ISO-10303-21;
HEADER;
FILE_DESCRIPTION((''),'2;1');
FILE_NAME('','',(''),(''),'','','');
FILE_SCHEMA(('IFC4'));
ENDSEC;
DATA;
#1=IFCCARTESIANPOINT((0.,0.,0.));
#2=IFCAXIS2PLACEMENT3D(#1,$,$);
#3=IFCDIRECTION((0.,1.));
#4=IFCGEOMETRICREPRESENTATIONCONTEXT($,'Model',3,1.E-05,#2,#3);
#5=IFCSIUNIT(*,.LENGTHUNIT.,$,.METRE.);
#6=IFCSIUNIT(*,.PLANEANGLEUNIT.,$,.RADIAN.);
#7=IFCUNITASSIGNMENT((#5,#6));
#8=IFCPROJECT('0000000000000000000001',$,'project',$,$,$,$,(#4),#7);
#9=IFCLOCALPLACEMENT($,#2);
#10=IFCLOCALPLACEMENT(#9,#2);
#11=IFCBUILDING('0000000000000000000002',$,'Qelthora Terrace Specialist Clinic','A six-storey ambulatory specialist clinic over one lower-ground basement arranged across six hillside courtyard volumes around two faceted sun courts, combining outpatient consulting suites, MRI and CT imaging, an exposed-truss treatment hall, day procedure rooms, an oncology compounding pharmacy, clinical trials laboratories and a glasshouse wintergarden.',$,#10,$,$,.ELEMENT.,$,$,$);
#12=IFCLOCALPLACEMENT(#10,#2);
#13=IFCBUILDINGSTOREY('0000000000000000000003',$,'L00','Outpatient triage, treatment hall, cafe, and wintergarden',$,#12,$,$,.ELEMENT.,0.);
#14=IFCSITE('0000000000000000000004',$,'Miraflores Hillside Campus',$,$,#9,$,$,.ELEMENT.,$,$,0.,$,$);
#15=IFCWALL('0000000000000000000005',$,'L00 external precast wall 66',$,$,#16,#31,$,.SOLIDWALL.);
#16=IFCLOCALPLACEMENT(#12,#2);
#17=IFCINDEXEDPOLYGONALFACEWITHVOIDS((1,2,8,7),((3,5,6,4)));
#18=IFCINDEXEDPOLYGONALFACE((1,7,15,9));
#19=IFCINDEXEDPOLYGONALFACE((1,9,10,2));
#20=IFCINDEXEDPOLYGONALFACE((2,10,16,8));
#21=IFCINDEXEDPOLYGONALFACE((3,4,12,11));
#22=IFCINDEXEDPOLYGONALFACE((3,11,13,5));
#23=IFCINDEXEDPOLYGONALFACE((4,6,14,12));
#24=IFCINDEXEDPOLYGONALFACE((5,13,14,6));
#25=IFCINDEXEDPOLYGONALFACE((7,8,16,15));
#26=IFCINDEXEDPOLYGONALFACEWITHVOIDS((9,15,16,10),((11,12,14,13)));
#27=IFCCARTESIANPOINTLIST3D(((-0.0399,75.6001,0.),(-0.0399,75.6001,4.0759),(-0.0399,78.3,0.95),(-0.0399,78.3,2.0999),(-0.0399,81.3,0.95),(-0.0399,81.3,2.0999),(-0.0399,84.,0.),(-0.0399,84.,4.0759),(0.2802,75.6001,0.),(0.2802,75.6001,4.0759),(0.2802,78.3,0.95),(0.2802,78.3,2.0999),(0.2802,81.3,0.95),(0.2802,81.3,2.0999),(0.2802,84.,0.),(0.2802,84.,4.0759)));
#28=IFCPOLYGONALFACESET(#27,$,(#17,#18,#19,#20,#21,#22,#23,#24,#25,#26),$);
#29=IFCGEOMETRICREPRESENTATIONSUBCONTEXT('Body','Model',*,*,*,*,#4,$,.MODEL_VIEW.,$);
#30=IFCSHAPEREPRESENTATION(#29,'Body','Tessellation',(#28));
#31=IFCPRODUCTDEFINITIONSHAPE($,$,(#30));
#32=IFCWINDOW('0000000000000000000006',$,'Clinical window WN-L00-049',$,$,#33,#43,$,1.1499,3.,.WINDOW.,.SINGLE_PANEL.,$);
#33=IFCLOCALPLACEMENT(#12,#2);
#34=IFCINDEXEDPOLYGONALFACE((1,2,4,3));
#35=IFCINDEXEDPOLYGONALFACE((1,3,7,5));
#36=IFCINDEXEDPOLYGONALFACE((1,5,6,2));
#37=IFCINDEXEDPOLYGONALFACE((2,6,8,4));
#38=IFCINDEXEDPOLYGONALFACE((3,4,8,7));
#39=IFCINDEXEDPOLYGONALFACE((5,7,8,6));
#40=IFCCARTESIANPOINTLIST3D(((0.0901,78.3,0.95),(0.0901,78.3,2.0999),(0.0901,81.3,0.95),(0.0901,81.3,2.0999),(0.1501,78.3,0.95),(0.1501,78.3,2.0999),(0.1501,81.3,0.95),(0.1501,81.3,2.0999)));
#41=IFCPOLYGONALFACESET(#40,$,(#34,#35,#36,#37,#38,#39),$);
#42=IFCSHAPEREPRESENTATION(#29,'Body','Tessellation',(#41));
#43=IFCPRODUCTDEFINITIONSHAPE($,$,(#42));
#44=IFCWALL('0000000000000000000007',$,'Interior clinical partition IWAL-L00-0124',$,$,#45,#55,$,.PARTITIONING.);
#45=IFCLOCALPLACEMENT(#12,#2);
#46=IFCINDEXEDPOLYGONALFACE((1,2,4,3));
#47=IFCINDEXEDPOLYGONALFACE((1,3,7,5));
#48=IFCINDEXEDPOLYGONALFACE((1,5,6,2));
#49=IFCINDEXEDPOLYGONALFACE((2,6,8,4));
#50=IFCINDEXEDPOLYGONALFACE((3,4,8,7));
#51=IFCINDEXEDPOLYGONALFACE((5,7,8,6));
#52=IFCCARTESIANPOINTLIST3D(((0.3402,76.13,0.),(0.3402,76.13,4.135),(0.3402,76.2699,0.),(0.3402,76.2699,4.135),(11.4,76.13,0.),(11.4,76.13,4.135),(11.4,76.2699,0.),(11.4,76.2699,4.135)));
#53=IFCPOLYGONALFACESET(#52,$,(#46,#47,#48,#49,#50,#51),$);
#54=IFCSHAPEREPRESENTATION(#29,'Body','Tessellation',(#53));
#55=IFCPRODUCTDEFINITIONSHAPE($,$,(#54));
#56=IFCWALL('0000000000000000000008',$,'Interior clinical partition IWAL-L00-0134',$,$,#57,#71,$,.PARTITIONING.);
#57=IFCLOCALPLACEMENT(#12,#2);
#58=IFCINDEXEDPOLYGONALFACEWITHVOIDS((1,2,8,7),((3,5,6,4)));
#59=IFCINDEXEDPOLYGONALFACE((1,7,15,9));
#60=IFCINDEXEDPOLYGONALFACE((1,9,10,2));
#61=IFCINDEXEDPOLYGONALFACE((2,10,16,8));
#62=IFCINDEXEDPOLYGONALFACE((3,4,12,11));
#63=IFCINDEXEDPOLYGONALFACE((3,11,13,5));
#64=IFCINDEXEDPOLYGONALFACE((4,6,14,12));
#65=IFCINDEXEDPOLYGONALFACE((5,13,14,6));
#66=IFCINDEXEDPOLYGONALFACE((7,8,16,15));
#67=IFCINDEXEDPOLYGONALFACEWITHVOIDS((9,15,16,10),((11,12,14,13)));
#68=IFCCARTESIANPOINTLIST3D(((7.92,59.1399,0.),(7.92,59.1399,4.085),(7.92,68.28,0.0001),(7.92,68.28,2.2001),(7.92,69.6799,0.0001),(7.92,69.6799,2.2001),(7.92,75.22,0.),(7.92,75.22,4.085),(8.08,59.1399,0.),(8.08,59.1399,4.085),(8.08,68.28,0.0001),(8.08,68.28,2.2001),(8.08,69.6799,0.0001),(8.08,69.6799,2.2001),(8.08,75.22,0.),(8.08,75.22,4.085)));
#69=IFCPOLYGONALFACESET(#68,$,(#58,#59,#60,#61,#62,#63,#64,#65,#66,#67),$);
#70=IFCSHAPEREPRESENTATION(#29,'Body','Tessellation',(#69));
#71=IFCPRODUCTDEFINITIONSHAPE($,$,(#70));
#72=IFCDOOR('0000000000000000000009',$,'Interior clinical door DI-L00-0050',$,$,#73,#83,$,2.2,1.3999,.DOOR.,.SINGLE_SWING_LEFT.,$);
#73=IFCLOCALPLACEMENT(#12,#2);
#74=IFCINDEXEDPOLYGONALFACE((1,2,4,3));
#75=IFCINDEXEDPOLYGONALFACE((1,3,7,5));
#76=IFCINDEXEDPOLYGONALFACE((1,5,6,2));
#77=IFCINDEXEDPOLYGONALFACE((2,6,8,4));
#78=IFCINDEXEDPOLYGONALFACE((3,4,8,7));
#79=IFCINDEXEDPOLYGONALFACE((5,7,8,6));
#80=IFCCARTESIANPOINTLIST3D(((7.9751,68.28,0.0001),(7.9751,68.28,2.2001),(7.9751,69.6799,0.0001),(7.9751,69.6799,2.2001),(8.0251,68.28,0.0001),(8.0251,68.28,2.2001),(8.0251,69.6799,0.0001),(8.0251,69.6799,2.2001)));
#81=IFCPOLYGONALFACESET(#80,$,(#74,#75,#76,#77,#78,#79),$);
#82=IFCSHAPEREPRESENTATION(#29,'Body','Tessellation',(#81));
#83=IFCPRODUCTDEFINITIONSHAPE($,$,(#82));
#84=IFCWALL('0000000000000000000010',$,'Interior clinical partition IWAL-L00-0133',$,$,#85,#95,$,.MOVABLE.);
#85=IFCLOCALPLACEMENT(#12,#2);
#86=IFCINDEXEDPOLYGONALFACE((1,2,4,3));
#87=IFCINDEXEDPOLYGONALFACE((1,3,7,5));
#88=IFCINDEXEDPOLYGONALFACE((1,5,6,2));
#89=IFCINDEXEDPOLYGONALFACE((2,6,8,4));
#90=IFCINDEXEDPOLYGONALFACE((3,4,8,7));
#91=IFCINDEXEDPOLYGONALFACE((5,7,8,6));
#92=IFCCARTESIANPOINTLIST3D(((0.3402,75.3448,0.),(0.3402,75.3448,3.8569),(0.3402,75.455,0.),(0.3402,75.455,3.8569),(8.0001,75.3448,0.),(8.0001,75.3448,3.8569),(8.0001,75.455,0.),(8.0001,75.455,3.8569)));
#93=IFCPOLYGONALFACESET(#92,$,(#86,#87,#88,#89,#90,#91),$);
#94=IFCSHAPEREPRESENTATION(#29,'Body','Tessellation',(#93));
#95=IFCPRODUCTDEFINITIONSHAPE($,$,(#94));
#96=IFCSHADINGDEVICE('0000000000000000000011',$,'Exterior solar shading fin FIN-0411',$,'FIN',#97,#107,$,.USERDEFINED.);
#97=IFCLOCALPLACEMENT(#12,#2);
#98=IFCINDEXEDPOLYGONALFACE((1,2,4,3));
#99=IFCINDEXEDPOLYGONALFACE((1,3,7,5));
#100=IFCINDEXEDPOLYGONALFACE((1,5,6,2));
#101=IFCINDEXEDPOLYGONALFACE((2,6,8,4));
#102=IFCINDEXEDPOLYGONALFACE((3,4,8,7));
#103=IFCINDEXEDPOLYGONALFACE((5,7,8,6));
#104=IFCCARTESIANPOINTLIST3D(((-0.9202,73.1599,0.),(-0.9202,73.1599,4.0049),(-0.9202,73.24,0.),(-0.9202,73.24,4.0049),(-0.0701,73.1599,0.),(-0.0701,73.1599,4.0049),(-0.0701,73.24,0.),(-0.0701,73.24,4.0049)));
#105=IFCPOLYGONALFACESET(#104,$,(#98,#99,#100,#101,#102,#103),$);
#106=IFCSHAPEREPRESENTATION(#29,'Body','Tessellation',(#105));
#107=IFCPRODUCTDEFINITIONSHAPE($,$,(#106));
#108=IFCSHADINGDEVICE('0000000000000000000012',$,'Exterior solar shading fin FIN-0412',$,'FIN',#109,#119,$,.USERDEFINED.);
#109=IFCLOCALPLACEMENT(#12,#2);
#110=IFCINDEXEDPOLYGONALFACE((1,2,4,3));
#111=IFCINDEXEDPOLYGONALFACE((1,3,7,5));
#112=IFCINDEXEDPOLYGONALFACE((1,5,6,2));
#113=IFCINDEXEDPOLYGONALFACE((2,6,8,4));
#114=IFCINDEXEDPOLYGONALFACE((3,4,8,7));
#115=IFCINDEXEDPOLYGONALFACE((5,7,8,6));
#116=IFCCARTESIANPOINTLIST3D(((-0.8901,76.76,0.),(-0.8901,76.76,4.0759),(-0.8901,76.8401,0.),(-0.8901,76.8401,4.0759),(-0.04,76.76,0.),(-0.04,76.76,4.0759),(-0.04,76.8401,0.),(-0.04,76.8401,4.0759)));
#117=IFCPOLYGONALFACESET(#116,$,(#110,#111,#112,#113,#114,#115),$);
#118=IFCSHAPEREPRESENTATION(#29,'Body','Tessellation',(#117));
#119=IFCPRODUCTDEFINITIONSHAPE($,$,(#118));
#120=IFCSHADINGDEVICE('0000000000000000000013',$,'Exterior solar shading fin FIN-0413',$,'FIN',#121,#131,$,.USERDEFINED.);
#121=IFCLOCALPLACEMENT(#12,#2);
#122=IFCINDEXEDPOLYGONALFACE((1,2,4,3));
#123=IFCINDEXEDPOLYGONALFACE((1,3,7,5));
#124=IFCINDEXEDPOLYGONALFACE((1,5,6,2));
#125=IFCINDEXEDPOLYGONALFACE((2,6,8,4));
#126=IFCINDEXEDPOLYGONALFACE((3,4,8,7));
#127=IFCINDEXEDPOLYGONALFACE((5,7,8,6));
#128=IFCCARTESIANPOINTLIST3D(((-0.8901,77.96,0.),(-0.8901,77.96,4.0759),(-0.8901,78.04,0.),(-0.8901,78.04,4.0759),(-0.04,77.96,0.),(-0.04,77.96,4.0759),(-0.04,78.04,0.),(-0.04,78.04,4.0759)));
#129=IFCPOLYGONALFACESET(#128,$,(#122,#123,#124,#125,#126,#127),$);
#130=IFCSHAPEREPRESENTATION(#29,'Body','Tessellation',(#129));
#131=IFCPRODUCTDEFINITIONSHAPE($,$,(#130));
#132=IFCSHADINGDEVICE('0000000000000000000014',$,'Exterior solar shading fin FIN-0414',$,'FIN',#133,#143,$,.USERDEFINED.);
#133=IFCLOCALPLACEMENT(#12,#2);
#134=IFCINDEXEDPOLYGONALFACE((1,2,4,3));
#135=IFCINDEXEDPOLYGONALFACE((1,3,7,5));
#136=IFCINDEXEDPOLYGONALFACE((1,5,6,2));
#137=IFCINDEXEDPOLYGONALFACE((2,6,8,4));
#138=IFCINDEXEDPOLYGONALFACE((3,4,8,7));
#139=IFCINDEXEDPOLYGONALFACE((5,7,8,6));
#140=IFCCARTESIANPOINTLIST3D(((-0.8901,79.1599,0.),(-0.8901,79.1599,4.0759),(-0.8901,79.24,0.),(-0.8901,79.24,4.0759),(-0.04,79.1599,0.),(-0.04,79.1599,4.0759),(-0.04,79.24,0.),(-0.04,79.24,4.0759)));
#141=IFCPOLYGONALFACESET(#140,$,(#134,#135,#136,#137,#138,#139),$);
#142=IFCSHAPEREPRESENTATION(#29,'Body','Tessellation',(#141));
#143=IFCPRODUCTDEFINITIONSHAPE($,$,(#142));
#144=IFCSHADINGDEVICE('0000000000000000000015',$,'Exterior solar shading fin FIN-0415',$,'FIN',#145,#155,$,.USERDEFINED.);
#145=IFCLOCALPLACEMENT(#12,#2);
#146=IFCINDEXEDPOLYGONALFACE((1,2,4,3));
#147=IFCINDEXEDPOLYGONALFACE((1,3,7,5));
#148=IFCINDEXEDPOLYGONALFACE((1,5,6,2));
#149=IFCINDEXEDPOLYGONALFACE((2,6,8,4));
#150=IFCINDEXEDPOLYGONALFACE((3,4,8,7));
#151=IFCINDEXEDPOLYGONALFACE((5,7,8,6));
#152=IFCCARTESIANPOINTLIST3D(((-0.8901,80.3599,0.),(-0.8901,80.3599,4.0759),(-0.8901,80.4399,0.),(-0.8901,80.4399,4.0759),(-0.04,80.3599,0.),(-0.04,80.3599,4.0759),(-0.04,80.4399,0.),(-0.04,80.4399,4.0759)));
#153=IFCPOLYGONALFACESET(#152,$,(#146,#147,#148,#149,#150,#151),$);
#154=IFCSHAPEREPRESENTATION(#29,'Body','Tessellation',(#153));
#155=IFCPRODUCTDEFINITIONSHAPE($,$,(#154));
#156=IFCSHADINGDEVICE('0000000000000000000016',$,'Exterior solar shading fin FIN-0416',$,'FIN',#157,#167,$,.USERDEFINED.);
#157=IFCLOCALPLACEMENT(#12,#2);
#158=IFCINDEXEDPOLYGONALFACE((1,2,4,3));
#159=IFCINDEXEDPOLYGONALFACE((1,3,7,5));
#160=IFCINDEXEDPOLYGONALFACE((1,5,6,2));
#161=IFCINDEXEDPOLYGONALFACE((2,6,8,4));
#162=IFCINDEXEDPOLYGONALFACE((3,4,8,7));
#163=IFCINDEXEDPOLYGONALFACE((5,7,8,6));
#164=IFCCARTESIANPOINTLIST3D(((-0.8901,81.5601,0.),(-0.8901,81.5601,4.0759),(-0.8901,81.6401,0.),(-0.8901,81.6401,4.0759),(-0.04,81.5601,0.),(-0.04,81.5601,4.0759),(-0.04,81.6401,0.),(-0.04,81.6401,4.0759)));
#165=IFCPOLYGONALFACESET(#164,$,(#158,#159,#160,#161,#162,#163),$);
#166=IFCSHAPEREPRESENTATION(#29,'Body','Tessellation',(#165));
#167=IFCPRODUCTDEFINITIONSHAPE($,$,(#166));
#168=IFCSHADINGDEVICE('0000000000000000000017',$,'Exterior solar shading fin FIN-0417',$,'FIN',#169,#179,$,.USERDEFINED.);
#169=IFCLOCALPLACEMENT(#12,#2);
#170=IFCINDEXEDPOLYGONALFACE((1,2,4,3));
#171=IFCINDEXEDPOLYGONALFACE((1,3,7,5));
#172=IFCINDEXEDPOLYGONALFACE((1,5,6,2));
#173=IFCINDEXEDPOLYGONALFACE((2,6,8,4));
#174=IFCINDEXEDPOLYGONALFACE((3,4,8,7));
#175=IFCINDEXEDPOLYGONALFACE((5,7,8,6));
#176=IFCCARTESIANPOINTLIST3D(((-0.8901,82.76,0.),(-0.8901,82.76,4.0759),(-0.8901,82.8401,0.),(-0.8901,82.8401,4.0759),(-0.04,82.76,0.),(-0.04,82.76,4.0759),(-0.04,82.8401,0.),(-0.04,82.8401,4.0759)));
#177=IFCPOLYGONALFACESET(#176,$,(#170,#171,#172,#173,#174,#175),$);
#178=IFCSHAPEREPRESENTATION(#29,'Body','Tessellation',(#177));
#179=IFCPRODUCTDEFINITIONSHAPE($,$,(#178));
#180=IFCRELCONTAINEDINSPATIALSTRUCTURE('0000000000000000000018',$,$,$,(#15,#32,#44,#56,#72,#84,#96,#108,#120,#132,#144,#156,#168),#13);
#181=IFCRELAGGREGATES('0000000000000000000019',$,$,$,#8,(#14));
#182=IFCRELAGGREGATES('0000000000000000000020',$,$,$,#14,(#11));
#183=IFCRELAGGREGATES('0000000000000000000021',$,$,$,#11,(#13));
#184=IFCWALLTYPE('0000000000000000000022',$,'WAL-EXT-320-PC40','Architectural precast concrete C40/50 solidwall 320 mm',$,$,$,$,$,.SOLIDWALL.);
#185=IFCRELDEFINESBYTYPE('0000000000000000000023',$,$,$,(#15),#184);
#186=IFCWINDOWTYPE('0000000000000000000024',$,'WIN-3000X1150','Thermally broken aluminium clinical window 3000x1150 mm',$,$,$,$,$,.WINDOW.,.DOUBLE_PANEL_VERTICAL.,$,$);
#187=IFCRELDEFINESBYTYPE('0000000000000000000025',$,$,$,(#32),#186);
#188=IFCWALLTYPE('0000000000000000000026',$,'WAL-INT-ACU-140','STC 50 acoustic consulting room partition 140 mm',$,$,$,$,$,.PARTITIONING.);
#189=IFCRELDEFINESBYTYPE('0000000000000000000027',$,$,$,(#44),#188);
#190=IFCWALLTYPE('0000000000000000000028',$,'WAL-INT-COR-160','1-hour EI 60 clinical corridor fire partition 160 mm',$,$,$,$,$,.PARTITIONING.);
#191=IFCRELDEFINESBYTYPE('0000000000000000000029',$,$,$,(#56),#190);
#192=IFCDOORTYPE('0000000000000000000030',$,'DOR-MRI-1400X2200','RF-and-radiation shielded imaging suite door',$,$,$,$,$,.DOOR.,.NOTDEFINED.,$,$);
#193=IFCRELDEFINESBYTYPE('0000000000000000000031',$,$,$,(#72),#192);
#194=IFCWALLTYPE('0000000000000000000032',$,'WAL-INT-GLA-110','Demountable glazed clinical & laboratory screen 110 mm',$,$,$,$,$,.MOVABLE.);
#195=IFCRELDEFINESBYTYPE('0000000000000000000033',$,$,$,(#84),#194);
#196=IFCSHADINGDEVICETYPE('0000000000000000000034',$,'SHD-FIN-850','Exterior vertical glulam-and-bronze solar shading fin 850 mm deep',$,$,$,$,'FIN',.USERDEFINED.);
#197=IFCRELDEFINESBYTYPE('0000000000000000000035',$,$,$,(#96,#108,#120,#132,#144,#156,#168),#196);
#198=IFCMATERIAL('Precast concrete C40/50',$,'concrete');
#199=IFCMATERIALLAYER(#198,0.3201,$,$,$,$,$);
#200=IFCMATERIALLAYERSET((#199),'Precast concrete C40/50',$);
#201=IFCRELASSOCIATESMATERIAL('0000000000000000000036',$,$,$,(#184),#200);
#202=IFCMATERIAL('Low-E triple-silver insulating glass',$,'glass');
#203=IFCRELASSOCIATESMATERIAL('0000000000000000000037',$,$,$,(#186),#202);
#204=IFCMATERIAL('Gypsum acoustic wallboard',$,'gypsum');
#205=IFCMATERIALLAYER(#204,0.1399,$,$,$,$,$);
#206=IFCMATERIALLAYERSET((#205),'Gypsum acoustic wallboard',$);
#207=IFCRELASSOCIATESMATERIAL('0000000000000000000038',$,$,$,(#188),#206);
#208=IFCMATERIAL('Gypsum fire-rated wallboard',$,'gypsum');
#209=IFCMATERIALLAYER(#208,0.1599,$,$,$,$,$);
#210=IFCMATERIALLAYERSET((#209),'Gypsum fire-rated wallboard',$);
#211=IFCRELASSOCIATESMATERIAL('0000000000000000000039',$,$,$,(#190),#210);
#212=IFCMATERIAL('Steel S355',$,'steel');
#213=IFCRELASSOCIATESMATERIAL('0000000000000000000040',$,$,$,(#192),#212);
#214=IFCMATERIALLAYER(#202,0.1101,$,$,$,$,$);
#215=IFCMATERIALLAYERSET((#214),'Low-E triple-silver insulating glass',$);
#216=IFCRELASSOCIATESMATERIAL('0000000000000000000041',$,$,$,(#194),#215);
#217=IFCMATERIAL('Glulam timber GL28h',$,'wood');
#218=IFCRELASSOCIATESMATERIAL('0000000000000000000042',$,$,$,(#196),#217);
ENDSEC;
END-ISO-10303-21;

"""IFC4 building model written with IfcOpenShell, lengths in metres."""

from ifc_helpers import new_model, si_unit, direction, frame, frame_2d, origin, origin_2d, place, context, subcontext, project, spatial, rectangle, extrude, material, layer, layer_set, type_object, element, fill, save


model = new_model("IFC4")

# Units and contexts
model_context = context("Model", 3, precision=1e-05, world=origin(), true_north=direction((0.0, 1.0)))
body_context = subcontext(model_context, "Body", "Model", "MODEL_VIEW")
ifc_project = project(units=[si_unit("LENGTHUNIT", "METRE"), si_unit("PLANEANGLEUNIT", "RADIAN")], contexts=[model_context])

# Site, building, storey
site_placement = place(None, origin())
site = spatial("IfcSite", under=ifc_project, at=site_placement, Name="Miraflores Hillside Campus", CompositionType="ELEMENT", RefElevation=0.0)
building_placement = place(site_placement, origin())
building = spatial("IfcBuilding", under=site, at=building_placement, Name="Qelthora Terrace Specialist Clinic", Description="A six-storey ambulatory specialist clinic over one lower-ground basement arranged across six hillside courtyard volumes around two faceted sun courts, combining outpatient consulting suites, MRI and CT imaging, an exposed-truss treatment hall, day procedure rooms, an oncology compounding pharmacy, clinical trials laboratories and a glasshouse wintergarden.", CompositionType="ELEMENT")
storey_placement = place(building_placement, origin())
storey = spatial("IfcBuildingStorey", under=building, at=storey_placement, Name="L00", Description="Outpatient triage, treatment hall, cafe, and wintergarden", CompositionType="ELEMENT", Elevation=0.0)

# Shared definitions
ifc_material_1 = material(Name="Steel S355", Category="steel")

# Shared definitions
ifc_material_2 = material(Name="Low-E triple-silver insulating glass", Category="glass")

# Wall, opening, window
ifc_material_3 = material(Name="Precast concrete C40/50", Category="concrete")
ifc_layer_1 = layer(ifc_material_3, 0.3201)
ifc_layer_set_1 = layer_set([ifc_layer_1], Name="Precast concrete C40/50")
wall_type_1 = type_object("IfcWallType", Name="WAL-EXT-320-PC40", Description="Architectural precast concrete C40/50 solidwall 320 mm", PredefinedType="SOLIDWALL", material=ifc_layer_set_1)
wall_1_placement = place(storey_placement, frame((0.1201, 75.6001, 0.0), z_axis=(0.0, 0.0, 1.0), x_axis=(0.0, 1.0, 0.0)))
wall_1 = element("IfcWall", 1, at=wall_1_placement, inside=storey, type_object=wall_type_1, Name="L00 external precast wall 66", PredefinedType="SOLIDWALL", context=body_context, shape_type="SweptSolid", body=[
    extrude(rectangle(XDim=8.3999, YDim=0.3201, at=frame_2d((4.2, 0.0))), origin(), (0.0, 0.0, 1.0), 4.0759),
])
opening_1_placement = place(wall_1_placement, frame((2.7, 0.0, 0.95)))
opening_1 = element("IfcOpeningElement", 2, at=opening_1_placement, cuts=wall_1, PredefinedType="OPENING", context=body_context, shape_type="SweptSolid", body=[
    extrude(rectangle(XDim=3.0, YDim=1.1499, at=frame_2d((1.5, 0.575))), frame((0.0, 0.1699, 0.0), z_axis=(0.0, -1.0, 0.0), x_axis=(1.0, 0.0, 0.0)), (0.0, 0.0, 1.0), 0.3401),
])
window_type_1 = type_object("IfcWindowType", Name="WIN-3000X1150", Description="Thermally broken aluminium clinical window 3000x1150 mm", PartitioningType="DOUBLE_PANEL_VERTICAL", PredefinedType="WINDOW", material=ifc_material_2)
window_1_placement = place(opening_1_placement, origin())
window_1 = element("IfcWindow", 3, at=window_1_placement, inside=storey, type_object=window_type_1, Name="Clinical window WN-L00-049", OverallHeight=1.1499, OverallWidth=3.0, PartitioningType="SINGLE_PANEL", PredefinedType="WINDOW", context=body_context, shape_type="SweptSolid", body=[
    extrude(rectangle(XDim=3.0, YDim=1.1499, at=frame_2d((1.5, 0.575))), frame((0.0, 0.03, 0.0), z_axis=(0.0, -1.0, 0.0), x_axis=(1.0, 0.0, 0.0)), (0.0, 0.0, 1.0), 0.0601),
])
fill(opening_1, window_1)

# Wall
ifc_material_4 = material(Name="Gypsum acoustic wallboard", Category="gypsum")
ifc_layer_2 = layer(ifc_material_4, 0.1399)
ifc_layer_set_2 = layer_set([ifc_layer_2], Name="Gypsum acoustic wallboard")
wall_type_2 = type_object("IfcWallType", Name="WAL-INT-ACU-140", Description="STC 50 acoustic consulting room partition 140 mm", PredefinedType="PARTITIONING", material=ifc_layer_set_2)
wall_2_placement = place(storey_placement, frame((11.3999, 76.2, 0.0), z_axis=(0.0, 0.0, 1.0), x_axis=(-1.0, 0.0, 0.0)))
element("IfcWall", 4, at=wall_2_placement, inside=storey, type_object=wall_type_2, Name="Interior clinical partition IWAL-L00-0124", PredefinedType="PARTITIONING", context=body_context, shape_type="SweptSolid", body=[
    extrude(rectangle(XDim=11.0598, YDim=0.1399, at=frame_2d((5.5298, 0.0))), origin(), (0.0, 0.0, 1.0), 4.135),
])

# Wall, opening, door
ifc_material_5 = material(Name="Gypsum fire-rated wallboard", Category="gypsum")
ifc_layer_3 = layer(ifc_material_5, 0.1599)
ifc_layer_set_3 = layer_set([ifc_layer_3], Name="Gypsum fire-rated wallboard")
wall_type_3 = type_object("IfcWallType", Name="WAL-INT-COR-160", Description="1-hour EI 60 clinical corridor fire partition 160 mm", PredefinedType="PARTITIONING", material=ifc_layer_set_3)
wall_3_placement = place(storey_placement, frame((8.0, 75.22, 0.0), z_axis=(0.0, 0.0, 1.0), x_axis=(0.0, -1.0, 0.0)))
wall_3 = element("IfcWall", 5, at=wall_3_placement, inside=storey, type_object=wall_type_3, Name="Interior clinical partition IWAL-L00-0134", PredefinedType="PARTITIONING", context=body_context, shape_type="SweptSolid", body=[
    extrude(rectangle(XDim=16.0801, YDim=0.1599, at=frame_2d((8.04, 0.0))), origin(), (0.0, 0.0, 1.0), 4.085),
])
opening_2_placement = place(wall_3_placement, frame((5.54, 0.0, 0.0)))
opening_2 = element("IfcOpeningElement", 6, at=opening_2_placement, cuts=wall_3, PredefinedType="OPENING", context=body_context, shape_type="SweptSolid", body=[
    extrude(rectangle(XDim=1.3999, YDim=2.2, at=frame_2d((0.7, 1.1001))), frame((0.0, 0.0898, 0.0), z_axis=(0.0, -1.0, 0.0), x_axis=(1.0, 0.0, 0.0)), (0.0, 0.0, 1.0), 0.1799),
])
door_type = type_object("IfcDoorType", Name="DOR-MRI-1400X2200", Description="RF-and-radiation shielded imaging suite door", OperationType="NOTDEFINED", PredefinedType="DOOR", material=ifc_material_1)
door_placement = place(opening_2_placement, frame((1.3999, 0.0, 0.0), z_axis=(0.0, 0.0, 1.0), x_axis=(-1.0, 0.0, 0.0)))
door = element("IfcDoor", 7, at=door_placement, inside=storey, type_object=door_type, Name="Interior clinical door DI-L00-0050", OperationType="SINGLE_SWING_LEFT", OverallHeight=2.2, OverallWidth=1.3999, PredefinedType="DOOR", context=body_context, shape_type="SweptSolid", body=[
    extrude(rectangle(XDim=1.3999, YDim=2.2, at=frame_2d((0.7, 1.1001))), frame((0.0, 0.0249, 0.0), z_axis=(0.0, -1.0, 0.0), x_axis=(1.0, 0.0, 0.0)), (0.0, 0.0, 1.0), 0.05),
])
fill(opening_2, door)

# Wall
ifc_layer_4 = layer(ifc_material_2, 0.1101)
ifc_layer_set_4 = layer_set([ifc_layer_4], Name="Low-E triple-silver insulating glass")
wall_type_4 = type_object("IfcWallType", Name="WAL-INT-GLA-110", Description="Demountable glazed clinical & laboratory screen 110 mm", PredefinedType="MOVABLE", material=ifc_layer_set_4)
wall_4_placement = place(storey_placement, frame((0.3401, 75.3999, 0.0), z_axis=(0.0, 0.0, 1.0), x_axis=(1.0, 0.0, 0.0)))
element("IfcWall", 8, at=wall_4_placement, inside=storey, type_object=wall_type_4, Name="Interior clinical partition IWAL-L00-0133", PredefinedType="MOVABLE", context=body_context, shape_type="SweptSolid", body=[
    extrude(rectangle(XDim=7.6599, YDim=0.1101, at=frame_2d((3.8301, 0.0))), origin(), (0.0, 0.0, 1.0), 3.8569),
])

# Shading devices
ifc_material_6 = material(Name="Glulam timber GL28h", Category="wood")
shading_device_type = type_object("IfcShadingDeviceType", Name="SHD-FIN-850", Description="Exterior vertical glulam-and-bronze solar shading fin 850 mm deep", ElementType="FIN", PredefinedType="USERDEFINED", material=ifc_material_6)
shading_device_placement = place(storey_placement, frame((-0.4951, 73.2, 0.0), z_axis=(0.0, 0.0, 1.0), x_axis=(-1.0, 0.0, 0.0)))
element("IfcShadingDevice", 9, at=shading_device_placement, inside=storey, type_object=shading_device_type, Name="Exterior solar shading fin FIN-0411", ObjectType="FIN", PredefinedType="USERDEFINED", context=body_context, shape_type="SweptSolid", body=[
    extrude(rectangle(XDim=0.8501, YDim=0.0801, at=origin_2d()), origin(), (0.0, 0.0, 1.0), 4.0049),
])
for number, where, z_axis, x_axis, name in (
    (10, (-0.4651, 76.8, 0.0), (0.0, 0.0, 1.0), (-1.0, 0.0, 0.0), "Exterior solar shading fin FIN-0412"),
    (11, (-0.4651, 78.0, 0.0), (0.0, 0.0, 1.0), (-1.0, 0.0, 0.0), "Exterior solar shading fin FIN-0413"),
    (12, (-0.4651, 79.2, 0.0), (0.0, 0.0, 1.0), (-1.0, 0.0, 0.0), "Exterior solar shading fin FIN-0414"),
    (13, (-0.4651, 80.3999, 0.0), (0.0, 0.0, 1.0), (-1.0, 0.0, 0.0), "Exterior solar shading fin FIN-0415"),
    (14, (-0.4651, 81.6001, 0.0), (0.0, 0.0, 1.0), (-1.0, 0.0, 0.0), "Exterior solar shading fin FIN-0416"),
    (15, (-0.4651, 82.8, 0.0), (0.0, 0.0, 1.0), (-1.0, 0.0, 0.0), "Exterior solar shading fin FIN-0417"),
):
    element("IfcShadingDevice", number, at=place(storey_placement, frame(where, z_axis=z_axis, x_axis=x_axis)), inside=storey, type_object=shading_device_type, Name=name, ObjectType="FIN", PredefinedType="USERDEFINED", context=body_context, shape_type="SweptSolid", body=[
        extrude(rectangle(XDim=0.8501, YDim=0.0801, at=origin_2d()), origin(), (0.0, 0.0, 1.0), 4.0759),
    ])

save(model, "model.ifc")
